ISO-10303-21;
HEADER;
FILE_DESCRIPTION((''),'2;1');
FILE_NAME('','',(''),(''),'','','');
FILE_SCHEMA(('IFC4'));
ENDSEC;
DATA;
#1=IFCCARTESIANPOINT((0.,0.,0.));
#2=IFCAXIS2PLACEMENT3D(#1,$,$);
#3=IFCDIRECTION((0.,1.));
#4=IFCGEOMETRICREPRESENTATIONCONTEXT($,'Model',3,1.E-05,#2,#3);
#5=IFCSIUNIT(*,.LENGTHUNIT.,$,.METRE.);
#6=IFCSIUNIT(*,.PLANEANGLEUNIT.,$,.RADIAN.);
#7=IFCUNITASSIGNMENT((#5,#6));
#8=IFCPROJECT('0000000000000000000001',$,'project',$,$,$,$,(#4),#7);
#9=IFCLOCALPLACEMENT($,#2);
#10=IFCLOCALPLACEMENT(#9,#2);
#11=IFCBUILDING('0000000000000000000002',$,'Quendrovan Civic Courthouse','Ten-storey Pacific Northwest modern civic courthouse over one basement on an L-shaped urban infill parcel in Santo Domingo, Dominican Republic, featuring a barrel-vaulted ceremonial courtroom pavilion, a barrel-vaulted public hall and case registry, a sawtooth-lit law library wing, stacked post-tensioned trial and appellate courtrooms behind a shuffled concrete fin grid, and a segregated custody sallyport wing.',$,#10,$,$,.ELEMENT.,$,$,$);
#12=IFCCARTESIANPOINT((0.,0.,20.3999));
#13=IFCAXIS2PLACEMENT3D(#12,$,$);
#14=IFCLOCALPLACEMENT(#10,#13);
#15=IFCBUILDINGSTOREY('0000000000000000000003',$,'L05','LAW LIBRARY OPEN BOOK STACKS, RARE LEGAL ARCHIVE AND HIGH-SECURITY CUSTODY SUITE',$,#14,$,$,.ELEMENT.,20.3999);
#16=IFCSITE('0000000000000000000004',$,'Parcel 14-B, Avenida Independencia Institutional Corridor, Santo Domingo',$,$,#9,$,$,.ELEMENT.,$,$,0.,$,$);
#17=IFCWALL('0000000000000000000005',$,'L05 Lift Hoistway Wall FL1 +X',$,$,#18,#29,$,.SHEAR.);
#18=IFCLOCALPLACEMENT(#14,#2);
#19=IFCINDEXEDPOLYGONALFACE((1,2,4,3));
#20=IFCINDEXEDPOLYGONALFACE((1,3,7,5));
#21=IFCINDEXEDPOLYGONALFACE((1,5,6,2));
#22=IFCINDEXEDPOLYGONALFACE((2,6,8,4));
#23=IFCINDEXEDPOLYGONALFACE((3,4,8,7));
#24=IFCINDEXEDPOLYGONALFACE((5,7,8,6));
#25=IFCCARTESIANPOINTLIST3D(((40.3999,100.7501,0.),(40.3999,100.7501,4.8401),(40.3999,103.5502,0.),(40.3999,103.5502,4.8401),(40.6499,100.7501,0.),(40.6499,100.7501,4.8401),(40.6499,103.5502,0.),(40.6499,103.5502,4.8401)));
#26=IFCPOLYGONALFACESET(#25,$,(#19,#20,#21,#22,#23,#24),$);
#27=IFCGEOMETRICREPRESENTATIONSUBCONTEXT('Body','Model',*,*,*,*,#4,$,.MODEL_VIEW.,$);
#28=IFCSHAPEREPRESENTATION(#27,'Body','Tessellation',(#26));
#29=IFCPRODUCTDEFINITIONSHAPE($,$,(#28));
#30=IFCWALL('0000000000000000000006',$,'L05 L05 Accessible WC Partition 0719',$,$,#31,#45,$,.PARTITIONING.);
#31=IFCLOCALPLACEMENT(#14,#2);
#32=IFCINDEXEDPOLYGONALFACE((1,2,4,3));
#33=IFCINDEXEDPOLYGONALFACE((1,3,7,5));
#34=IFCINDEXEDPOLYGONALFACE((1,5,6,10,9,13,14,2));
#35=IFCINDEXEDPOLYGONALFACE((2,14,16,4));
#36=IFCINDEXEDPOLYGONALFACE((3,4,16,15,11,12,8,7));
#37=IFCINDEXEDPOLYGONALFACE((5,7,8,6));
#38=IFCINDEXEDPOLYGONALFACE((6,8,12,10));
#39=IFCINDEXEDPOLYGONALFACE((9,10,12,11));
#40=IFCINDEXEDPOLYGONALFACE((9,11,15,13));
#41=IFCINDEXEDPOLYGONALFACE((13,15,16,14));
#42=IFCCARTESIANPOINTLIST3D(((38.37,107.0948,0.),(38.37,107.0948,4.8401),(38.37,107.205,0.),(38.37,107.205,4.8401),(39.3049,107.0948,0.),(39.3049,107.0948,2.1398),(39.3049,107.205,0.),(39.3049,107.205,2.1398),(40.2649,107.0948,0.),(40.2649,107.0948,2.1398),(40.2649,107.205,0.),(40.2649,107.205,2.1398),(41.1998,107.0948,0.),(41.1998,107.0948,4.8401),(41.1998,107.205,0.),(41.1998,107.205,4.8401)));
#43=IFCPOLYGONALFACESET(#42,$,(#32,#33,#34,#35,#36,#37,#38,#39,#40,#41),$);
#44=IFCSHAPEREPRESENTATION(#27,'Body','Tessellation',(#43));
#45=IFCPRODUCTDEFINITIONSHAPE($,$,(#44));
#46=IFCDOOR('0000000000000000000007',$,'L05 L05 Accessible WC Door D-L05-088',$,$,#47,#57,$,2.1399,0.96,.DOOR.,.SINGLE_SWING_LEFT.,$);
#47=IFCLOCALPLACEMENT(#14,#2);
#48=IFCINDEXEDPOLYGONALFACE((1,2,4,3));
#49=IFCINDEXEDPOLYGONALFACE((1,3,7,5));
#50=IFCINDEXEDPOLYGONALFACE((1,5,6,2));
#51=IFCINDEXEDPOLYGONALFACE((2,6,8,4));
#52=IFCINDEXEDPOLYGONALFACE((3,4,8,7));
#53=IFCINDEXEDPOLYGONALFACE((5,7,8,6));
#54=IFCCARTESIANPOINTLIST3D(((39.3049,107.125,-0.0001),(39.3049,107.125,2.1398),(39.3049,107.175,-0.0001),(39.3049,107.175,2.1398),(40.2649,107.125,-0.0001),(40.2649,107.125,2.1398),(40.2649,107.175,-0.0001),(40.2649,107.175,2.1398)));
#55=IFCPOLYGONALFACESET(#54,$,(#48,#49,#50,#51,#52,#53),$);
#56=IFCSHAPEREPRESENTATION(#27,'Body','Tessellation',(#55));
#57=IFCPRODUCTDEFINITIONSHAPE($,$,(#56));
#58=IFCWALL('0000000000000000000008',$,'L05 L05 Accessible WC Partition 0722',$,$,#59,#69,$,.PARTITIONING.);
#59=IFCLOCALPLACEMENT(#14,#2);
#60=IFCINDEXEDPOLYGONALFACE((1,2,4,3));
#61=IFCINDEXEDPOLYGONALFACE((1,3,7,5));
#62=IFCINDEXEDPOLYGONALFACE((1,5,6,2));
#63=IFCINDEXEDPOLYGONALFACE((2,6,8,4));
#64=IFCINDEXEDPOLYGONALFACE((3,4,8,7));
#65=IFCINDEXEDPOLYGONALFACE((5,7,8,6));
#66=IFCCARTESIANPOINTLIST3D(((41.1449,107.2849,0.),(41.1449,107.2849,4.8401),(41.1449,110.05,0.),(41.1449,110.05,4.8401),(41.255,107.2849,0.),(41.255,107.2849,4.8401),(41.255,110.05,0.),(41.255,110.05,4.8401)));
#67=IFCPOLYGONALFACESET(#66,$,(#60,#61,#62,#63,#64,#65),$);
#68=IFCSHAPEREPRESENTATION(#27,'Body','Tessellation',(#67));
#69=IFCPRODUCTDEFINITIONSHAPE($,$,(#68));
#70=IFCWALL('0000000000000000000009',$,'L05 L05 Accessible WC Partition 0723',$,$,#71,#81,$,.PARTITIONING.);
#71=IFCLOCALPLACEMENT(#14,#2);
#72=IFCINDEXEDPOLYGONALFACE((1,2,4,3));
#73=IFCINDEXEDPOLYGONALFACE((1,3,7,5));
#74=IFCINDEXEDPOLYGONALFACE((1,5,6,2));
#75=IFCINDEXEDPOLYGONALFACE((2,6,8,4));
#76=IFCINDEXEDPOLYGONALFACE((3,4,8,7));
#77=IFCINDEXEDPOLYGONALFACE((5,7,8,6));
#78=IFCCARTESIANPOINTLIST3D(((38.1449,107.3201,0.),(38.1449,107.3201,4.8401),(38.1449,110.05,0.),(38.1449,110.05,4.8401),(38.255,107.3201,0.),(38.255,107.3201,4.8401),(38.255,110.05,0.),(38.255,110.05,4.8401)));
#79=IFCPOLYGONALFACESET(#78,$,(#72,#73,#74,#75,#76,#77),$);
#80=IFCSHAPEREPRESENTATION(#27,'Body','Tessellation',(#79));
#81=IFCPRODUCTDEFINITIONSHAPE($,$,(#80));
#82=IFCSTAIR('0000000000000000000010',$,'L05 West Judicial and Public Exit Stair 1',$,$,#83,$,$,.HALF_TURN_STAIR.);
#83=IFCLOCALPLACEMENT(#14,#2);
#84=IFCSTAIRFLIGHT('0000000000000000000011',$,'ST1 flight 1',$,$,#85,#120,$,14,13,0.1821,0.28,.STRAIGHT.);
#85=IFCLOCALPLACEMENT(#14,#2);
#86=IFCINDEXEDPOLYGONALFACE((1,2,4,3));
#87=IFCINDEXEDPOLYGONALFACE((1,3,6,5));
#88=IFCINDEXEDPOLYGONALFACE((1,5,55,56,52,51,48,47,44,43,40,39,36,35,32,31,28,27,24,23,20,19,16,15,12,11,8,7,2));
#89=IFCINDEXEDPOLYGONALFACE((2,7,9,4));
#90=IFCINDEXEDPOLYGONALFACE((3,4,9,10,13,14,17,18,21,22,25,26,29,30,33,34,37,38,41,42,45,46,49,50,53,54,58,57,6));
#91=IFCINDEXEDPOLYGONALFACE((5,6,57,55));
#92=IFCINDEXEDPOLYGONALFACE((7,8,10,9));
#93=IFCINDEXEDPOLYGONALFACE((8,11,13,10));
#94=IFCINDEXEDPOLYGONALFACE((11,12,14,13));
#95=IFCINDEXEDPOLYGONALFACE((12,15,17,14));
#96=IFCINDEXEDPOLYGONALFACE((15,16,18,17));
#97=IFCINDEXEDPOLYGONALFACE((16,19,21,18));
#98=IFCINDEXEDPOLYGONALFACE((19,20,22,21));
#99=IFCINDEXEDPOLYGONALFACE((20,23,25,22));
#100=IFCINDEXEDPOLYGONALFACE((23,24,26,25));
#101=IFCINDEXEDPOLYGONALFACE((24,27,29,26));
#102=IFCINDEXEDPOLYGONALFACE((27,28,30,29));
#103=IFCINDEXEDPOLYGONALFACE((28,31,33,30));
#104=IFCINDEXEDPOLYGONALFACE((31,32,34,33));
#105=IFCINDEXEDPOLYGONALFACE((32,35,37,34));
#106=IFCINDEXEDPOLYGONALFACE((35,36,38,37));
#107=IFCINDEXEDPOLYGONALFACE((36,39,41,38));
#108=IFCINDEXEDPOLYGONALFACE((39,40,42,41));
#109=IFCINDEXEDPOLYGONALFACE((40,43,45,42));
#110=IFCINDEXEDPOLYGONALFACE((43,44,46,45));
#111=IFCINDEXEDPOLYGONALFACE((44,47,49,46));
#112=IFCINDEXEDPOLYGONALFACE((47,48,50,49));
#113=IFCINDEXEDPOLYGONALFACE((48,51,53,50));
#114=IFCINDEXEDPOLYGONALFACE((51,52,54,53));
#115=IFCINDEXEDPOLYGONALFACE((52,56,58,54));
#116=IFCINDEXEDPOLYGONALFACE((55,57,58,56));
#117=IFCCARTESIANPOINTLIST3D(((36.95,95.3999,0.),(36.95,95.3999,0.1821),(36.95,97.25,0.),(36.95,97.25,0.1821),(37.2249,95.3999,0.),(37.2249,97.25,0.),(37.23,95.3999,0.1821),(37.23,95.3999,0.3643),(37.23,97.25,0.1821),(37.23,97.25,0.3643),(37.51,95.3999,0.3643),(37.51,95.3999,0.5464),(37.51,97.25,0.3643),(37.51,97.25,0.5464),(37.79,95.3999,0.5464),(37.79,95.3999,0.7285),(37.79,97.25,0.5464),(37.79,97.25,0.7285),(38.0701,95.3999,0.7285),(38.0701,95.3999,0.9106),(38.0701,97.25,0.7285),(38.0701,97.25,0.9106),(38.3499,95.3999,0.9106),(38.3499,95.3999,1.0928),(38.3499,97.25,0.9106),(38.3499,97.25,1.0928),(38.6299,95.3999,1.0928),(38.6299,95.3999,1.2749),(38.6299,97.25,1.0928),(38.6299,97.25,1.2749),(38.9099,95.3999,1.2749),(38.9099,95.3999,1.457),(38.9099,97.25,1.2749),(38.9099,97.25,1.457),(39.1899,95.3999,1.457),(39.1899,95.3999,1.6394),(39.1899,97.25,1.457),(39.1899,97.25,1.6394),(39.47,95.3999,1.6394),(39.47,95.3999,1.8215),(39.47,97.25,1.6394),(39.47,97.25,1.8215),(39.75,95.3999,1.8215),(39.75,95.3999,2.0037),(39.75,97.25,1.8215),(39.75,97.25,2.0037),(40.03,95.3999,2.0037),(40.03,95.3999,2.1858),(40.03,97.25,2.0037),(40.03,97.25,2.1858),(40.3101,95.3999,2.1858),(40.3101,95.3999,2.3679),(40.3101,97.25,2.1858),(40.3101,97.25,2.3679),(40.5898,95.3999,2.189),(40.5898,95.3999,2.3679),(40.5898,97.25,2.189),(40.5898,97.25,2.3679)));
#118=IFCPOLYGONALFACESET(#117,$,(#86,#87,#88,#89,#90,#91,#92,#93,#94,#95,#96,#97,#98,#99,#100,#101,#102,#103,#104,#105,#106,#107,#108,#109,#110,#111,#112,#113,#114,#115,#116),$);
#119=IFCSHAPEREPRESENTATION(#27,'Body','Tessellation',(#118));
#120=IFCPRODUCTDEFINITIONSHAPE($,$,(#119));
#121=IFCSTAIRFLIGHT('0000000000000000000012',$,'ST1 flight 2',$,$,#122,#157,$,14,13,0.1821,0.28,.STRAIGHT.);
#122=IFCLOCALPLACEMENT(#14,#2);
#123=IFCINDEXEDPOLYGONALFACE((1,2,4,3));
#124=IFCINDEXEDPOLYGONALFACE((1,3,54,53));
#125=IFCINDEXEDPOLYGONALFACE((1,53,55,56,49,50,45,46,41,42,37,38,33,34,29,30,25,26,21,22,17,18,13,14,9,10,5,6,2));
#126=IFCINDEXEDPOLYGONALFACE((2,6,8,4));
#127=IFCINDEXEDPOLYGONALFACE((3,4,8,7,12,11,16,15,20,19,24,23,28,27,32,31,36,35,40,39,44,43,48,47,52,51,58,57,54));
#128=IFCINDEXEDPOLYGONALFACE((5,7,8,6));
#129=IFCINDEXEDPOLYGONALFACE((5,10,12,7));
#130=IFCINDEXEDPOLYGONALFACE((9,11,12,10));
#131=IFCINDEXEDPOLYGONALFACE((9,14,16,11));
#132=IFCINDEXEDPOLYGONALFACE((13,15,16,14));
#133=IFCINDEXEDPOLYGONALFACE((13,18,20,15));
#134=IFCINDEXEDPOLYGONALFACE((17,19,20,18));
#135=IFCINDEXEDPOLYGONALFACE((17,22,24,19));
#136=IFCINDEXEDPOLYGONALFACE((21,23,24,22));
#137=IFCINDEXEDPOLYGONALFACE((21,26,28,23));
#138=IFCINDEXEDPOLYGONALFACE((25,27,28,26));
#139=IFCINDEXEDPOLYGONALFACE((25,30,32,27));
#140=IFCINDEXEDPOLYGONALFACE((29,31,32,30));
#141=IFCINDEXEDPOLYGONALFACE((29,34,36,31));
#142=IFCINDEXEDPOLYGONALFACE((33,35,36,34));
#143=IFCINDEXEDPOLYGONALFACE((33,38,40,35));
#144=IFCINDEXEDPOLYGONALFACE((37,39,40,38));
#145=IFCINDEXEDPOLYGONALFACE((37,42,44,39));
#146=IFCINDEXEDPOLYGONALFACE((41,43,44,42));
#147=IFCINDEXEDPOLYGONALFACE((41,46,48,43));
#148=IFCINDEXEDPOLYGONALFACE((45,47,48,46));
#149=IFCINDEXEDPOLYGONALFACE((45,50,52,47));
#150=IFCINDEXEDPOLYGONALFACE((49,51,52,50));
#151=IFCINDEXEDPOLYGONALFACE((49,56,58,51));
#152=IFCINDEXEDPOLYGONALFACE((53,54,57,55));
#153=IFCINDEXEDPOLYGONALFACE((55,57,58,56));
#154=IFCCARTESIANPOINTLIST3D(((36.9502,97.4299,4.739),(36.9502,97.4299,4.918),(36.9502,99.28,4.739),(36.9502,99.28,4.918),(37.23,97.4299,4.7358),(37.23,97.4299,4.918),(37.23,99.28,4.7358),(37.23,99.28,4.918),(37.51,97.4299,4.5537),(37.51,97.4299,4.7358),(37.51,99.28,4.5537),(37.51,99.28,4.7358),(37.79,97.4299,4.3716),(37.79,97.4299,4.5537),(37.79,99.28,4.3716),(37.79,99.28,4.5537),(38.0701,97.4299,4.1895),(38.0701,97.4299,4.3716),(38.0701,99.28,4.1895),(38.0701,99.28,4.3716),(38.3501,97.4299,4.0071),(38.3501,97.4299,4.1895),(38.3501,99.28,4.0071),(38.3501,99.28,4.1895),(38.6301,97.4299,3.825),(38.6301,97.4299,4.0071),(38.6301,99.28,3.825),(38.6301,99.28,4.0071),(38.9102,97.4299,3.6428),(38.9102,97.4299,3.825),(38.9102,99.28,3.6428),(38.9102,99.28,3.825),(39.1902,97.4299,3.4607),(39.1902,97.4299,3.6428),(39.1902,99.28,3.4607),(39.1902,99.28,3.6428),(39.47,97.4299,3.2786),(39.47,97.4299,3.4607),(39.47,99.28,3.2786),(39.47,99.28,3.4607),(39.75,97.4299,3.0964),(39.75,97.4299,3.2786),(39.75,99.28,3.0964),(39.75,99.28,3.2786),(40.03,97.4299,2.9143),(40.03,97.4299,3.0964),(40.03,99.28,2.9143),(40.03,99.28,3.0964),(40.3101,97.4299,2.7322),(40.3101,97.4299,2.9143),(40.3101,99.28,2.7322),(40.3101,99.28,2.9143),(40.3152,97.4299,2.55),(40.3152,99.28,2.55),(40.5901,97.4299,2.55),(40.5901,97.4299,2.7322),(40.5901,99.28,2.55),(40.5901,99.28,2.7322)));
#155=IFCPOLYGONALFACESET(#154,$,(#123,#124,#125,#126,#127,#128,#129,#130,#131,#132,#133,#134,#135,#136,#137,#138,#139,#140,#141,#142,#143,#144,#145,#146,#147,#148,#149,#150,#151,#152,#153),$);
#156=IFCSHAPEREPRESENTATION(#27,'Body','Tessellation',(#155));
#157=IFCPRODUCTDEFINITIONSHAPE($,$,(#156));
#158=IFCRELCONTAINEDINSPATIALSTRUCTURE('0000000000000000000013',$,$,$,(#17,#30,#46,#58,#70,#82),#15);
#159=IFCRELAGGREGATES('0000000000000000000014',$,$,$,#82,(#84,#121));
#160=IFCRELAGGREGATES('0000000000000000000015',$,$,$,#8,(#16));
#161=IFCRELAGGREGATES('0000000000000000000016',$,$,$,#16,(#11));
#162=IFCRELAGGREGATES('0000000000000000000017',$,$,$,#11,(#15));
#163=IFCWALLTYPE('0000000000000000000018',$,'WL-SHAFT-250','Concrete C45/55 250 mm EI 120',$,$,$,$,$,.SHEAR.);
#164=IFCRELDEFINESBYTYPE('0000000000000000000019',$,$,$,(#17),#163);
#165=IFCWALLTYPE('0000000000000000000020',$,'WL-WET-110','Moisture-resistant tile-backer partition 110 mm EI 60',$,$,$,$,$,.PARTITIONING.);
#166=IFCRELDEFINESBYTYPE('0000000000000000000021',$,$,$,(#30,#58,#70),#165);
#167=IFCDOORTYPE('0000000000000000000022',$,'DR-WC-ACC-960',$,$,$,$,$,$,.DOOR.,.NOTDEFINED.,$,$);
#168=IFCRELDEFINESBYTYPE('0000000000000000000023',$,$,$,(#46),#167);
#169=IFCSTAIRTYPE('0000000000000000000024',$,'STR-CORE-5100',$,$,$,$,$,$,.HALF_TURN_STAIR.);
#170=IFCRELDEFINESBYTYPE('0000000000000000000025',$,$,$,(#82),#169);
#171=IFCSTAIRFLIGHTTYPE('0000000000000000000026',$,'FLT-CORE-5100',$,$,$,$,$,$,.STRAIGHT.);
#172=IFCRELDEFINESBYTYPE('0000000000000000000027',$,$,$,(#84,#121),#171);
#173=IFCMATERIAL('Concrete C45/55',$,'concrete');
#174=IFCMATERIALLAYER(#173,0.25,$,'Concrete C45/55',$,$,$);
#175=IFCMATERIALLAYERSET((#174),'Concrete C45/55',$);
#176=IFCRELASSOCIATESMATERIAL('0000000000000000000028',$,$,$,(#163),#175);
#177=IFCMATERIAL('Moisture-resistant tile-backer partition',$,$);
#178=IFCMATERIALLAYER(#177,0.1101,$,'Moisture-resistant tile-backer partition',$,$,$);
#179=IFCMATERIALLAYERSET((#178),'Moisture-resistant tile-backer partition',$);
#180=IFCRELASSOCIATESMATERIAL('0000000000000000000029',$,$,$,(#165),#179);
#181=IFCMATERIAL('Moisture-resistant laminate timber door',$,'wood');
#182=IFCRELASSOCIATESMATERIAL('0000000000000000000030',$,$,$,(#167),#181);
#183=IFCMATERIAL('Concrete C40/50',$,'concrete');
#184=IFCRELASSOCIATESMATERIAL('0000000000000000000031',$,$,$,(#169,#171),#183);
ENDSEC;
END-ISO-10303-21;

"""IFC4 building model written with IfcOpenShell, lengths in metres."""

from ifc_helpers import new_model, si_unit, direction, frame, frame_2d, origin, place, context, subcontext, project, spatial, polyline, rectangle, outline, extrude, material, layer, layer_set, type_object, element, fill, aggregate, save


model = new_model("IFC4")

# Units and contexts
model_context = context("Model", 3, precision=1e-05, world=origin(), true_north=direction((0.0, 1.0)))
body_context = subcontext(model_context, "Body", "Model", "MODEL_VIEW")
ifc_project = project(units=[si_unit("LENGTHUNIT", "METRE"), si_unit("PLANEANGLEUNIT", "RADIAN")], contexts=[model_context])

# Site, building, storey
site_placement = place(None, origin())
site = spatial("IfcSite", under=ifc_project, at=site_placement, Name="Parcel 14-B, Avenida Independencia Institutional Corridor, Santo Domingo", CompositionType="ELEMENT", RefElevation=0.0)
building_placement = place(site_placement, origin())
building = spatial("IfcBuilding", under=site, at=building_placement, Name="Quendrovan Civic Courthouse", Description="Ten-storey Pacific Northwest modern civic courthouse over one basement on an L-shaped urban infill parcel in Santo Domingo, Dominican Republic, featuring a barrel-vaulted ceremonial courtroom pavilion, a barrel-vaulted public hall and case registry, a sawtooth-lit law library wing, stacked post-tensioned trial and appellate courtrooms behind a shuffled concrete fin grid, and a segregated custody sallyport wing.", CompositionType="ELEMENT")
storey_placement = place(building_placement, frame((0.0, 0.0, 20.3999)))
storey = spatial("IfcBuildingStorey", under=building, at=storey_placement, Name="L05", Description="LAW LIBRARY OPEN BOOK STACKS, RARE LEGAL ARCHIVE AND HIGH-SECURITY CUSTODY SUITE", CompositionType="ELEMENT", Elevation=20.3999)

# Shared definitions
ifc_material_1 = material(Name="Concrete C40/50", Category="concrete")
ifc_material_2 = material(Name="Concrete C45/55", Category="concrete")
ifc_layer_1 = layer(ifc_material_2, 0.25, Name="Concrete C45/55")
ifc_layer_set_1 = layer_set([ifc_layer_1], Name="Concrete C45/55")
wall_type_1 = type_object("IfcWallType", Name="WL-SHAFT-250", Description="Concrete C45/55 250 mm EI 120", PredefinedType="SHEAR", material=ifc_layer_set_1)

# Wall
wall_1_placement = place(storey_placement, frame((40.5249, 103.55, 0.0), z_axis=(0.0, 0.0, 1.0), x_axis=(0.0, -1.0, 0.0)))
element("IfcWall", 1, at=wall_1_placement, inside=storey, type_object=wall_type_1, Name="L05 Lift Hoistway Wall FL1 +X", PredefinedType="SHEAR", context=body_context, shape_type="SweptSolid", body=[
    extrude(rectangle(XDim=2.8, YDim=0.25, at=frame_2d((1.3999, 0.0))), origin(), (0.0, 0.0, 1.0), 4.8401),
])

# Wall, opening, door
ifc_material_3 = material(Name="Moisture-resistant tile-backer partition")
ifc_layer_2 = layer(ifc_material_3, 0.1101, Name="Moisture-resistant tile-backer partition")
ifc_layer_set_2 = layer_set([ifc_layer_2], Name="Moisture-resistant tile-backer partition")
wall_type_2 = type_object("IfcWallType", Name="WL-WET-110", Description="Moisture-resistant tile-backer partition 110 mm EI 60", PredefinedType="PARTITIONING", material=ifc_layer_set_2)
wall_2_placement = place(storey_placement, frame((41.2, 107.1499, 0.0), z_axis=(0.0, 0.0, 1.0), x_axis=(-1.0, 0.0, 0.0)))
wall_2 = element("IfcWall", 2, at=wall_2_placement, inside=storey, type_object=wall_type_2, Name="L05 L05 Accessible WC Partition 0719", PredefinedType="PARTITIONING", context=body_context, shape_type="SweptSolid", body=[
    extrude(rectangle(XDim=2.8298, YDim=0.1101, at=frame_2d((1.415, 0.0))), origin(), (0.0, 0.0, 1.0), 4.8401),
])
opening_1_placement = place(wall_2_placement, frame((0.9351, 0.0, 0.0)))
opening_1 = element("IfcOpeningElement", 3, at=opening_1_placement, cuts=wall_2, PredefinedType="OPENING", context=body_context, shape_type="SweptSolid", body=[
    extrude(rectangle(XDim=0.96, YDim=2.1399, at=frame_2d((0.48, 1.0698))), frame((0.0, 0.0649, 0.0), z_axis=(0.0, -1.0, 0.0), x_axis=(1.0, 0.0, 0.0)), (0.0, 0.0, 1.0), 0.1301),
])
ifc_material_4 = material(Name="Moisture-resistant laminate timber door", Category="wood")
door_type_1 = type_object("IfcDoorType", Name="DR-WC-ACC-960", OperationType="NOTDEFINED", PredefinedType="DOOR", material=ifc_material_4)
door_1_placement = place(opening_1_placement, origin())
door_1 = element("IfcDoor", 4, at=door_1_placement, inside=storey, type_object=door_type_1, Name="L05 L05 Accessible WC Door D-L05-088", OperationType="SINGLE_SWING_LEFT", OverallHeight=2.1399, OverallWidth=0.96, PredefinedType="DOOR", context=body_context, shape_type="SweptSolid", body=[
    extrude(rectangle(XDim=0.96, YDim=2.1399, at=frame_2d((0.48, 1.0698))), frame((0.0, 0.0249, 0.0), z_axis=(0.0, -1.0, 0.0), x_axis=(1.0, 0.0, 0.0)), (0.0, 0.0, 1.0), 0.05),
])
fill(opening_1, door_1)

# Walls
wall_3_placement = place(storey_placement, frame((41.2, 110.05, 0.0), z_axis=(0.0, 0.0, 1.0), x_axis=(0.0, -1.0, 0.0)))
element("IfcWall", 5, at=wall_3_placement, inside=storey, type_object=wall_type_2, Name="L05 L05 Accessible WC Partition 0722", PredefinedType="PARTITIONING", context=body_context, shape_type="SweptSolid", body=[
    extrude(rectangle(XDim=2.7651, YDim=0.1101, at=frame_2d((1.3826, 0.0))), origin(), (0.0, 0.0, 1.0), 4.8401),
])
wall_4_placement = place(storey_placement, frame((38.2, 107.3201, 0.0), z_axis=(0.0, 0.0, 1.0), x_axis=(0.0, 1.0, 0.0)))
element("IfcWall", 6, at=wall_4_placement, inside=storey, type_object=wall_type_2, Name="L05 L05 Accessible WC Partition 0723", PredefinedType="PARTITIONING", context=body_context, shape_type="SweptSolid", body=[
    extrude(rectangle(XDim=2.73, YDim=0.1101, at=frame_2d((1.365, 0.0))), origin(), (0.0, 0.0, 1.0), 4.8401),
])

# Stair, stair flights
stair_type = type_object("IfcStairType", Name="STR-CORE-5100", PredefinedType="HALF_TURN_STAIR", material=ifc_material_1)
stair_placement = place(storey_placement, origin())
stair = element("IfcStair", 7, at=stair_placement, inside=storey, type_object=stair_type, Name="L05 West Judicial and Public Exit Stair 1", PredefinedType="HALF_TURN_STAIR")
stair_flight_type = type_object("IfcStairFlightType", Name="FLT-CORE-5100", PredefinedType="STRAIGHT", material=ifc_material_1)
stair_flight_1_placement = place(storey_placement, frame((36.95, 96.325, 0.0), z_axis=(0.0, 0.0, 1.0), x_axis=(1.0, 0.0, 0.0)))
stair_flight_1 = element("IfcStairFlight", 8, at=stair_flight_1_placement, type_object=stair_flight_type, Name="ST1 flight 1", NumberOfRisers=14, NumberOfTreads=13, PredefinedType="STRAIGHT", RiserHeight=0.1821, TreadLength=0.28, context=body_context, shape_type="SweptSolid", body=[
    extrude(outline(polyline([(0.0, 0.0), (0.0, 0.1821), (0.28, 0.1821), (0.28, 0.3643), (0.5601, 0.3643), (0.5601, 0.5464), (0.8401, 0.5464), (0.8401, 0.7285), (1.1201, 0.7285), (1.1201, 0.9106), (1.3999, 0.9106), (1.3999, 1.0928), (1.6799, 1.0928), (1.6799, 1.2749), (1.96, 1.2749), (1.96, 1.457), (2.24, 1.457), (2.24, 1.6394), (2.52, 1.6394), (2.52, 1.8215), (2.8, 1.8215), (2.8, 2.0037), (3.0801, 2.0037), (3.0801, 2.1858), (3.3601, 2.1858), (3.3601, 2.3679), (3.6399, 2.3679), (3.6399, 2.55), (3.6399, 2.189), (0.2749, 0.0), (0.0, 0.0)])), frame((0.0, 0.925, 0.0), z_axis=(0.0, -1.0, 0.0), x_axis=(1.0, 0.0, 0.0)), (0.0, 0.0, 1.0), 1.8501),
])
stair_flight_2_placement = place(storey_placement, frame((40.5901, 98.355, 2.55), z_axis=(0.0, 0.0, 1.0), x_axis=(-1.0, 0.0, 0.0)))
stair_flight_2 = element("IfcStairFlight", 9, at=stair_flight_2_placement, type_object=stair_flight_type, Name="ST1 flight 2", NumberOfRisers=14, NumberOfTreads=13, PredefinedType="STRAIGHT", RiserHeight=0.1821, TreadLength=0.28, context=body_context, shape_type="SweptSolid", body=[
    extrude(outline(polyline([(0.0, 0.0), (0.0, 0.1821), (0.28, 0.1821), (0.28, 0.3643), (0.5601, 0.3643), (0.5601, 0.5464), (0.8401, 0.5464), (0.8401, 0.7285), (1.1201, 0.7285), (1.1201, 0.9106), (1.3999, 0.9106), (1.3999, 1.0928), (1.6799, 1.0928), (1.6799, 1.2749), (1.96, 1.2749), (1.96, 1.457), (2.24, 1.457), (2.24, 1.6394), (2.52, 1.6394), (2.52, 1.8215), (2.8, 1.8215), (2.8, 2.0037), (3.0801, 2.0037), (3.0801, 2.1858), (3.3601, 2.1858), (3.3601, 2.3679), (3.6399, 2.3679), (3.6399, 2.55), (3.6399, 2.189), (0.2749, 0.0), (0.0, 0.0)])), frame((0.0, 0.925, 0.0), z_axis=(0.0, -1.0, 0.0), x_axis=(1.0, 0.0, 0.0)), (0.0, 0.0, 1.0), 1.8501),
])
aggregate(stair, [stair_flight_1, stair_flight_2])

save(model, "model.ifc")
